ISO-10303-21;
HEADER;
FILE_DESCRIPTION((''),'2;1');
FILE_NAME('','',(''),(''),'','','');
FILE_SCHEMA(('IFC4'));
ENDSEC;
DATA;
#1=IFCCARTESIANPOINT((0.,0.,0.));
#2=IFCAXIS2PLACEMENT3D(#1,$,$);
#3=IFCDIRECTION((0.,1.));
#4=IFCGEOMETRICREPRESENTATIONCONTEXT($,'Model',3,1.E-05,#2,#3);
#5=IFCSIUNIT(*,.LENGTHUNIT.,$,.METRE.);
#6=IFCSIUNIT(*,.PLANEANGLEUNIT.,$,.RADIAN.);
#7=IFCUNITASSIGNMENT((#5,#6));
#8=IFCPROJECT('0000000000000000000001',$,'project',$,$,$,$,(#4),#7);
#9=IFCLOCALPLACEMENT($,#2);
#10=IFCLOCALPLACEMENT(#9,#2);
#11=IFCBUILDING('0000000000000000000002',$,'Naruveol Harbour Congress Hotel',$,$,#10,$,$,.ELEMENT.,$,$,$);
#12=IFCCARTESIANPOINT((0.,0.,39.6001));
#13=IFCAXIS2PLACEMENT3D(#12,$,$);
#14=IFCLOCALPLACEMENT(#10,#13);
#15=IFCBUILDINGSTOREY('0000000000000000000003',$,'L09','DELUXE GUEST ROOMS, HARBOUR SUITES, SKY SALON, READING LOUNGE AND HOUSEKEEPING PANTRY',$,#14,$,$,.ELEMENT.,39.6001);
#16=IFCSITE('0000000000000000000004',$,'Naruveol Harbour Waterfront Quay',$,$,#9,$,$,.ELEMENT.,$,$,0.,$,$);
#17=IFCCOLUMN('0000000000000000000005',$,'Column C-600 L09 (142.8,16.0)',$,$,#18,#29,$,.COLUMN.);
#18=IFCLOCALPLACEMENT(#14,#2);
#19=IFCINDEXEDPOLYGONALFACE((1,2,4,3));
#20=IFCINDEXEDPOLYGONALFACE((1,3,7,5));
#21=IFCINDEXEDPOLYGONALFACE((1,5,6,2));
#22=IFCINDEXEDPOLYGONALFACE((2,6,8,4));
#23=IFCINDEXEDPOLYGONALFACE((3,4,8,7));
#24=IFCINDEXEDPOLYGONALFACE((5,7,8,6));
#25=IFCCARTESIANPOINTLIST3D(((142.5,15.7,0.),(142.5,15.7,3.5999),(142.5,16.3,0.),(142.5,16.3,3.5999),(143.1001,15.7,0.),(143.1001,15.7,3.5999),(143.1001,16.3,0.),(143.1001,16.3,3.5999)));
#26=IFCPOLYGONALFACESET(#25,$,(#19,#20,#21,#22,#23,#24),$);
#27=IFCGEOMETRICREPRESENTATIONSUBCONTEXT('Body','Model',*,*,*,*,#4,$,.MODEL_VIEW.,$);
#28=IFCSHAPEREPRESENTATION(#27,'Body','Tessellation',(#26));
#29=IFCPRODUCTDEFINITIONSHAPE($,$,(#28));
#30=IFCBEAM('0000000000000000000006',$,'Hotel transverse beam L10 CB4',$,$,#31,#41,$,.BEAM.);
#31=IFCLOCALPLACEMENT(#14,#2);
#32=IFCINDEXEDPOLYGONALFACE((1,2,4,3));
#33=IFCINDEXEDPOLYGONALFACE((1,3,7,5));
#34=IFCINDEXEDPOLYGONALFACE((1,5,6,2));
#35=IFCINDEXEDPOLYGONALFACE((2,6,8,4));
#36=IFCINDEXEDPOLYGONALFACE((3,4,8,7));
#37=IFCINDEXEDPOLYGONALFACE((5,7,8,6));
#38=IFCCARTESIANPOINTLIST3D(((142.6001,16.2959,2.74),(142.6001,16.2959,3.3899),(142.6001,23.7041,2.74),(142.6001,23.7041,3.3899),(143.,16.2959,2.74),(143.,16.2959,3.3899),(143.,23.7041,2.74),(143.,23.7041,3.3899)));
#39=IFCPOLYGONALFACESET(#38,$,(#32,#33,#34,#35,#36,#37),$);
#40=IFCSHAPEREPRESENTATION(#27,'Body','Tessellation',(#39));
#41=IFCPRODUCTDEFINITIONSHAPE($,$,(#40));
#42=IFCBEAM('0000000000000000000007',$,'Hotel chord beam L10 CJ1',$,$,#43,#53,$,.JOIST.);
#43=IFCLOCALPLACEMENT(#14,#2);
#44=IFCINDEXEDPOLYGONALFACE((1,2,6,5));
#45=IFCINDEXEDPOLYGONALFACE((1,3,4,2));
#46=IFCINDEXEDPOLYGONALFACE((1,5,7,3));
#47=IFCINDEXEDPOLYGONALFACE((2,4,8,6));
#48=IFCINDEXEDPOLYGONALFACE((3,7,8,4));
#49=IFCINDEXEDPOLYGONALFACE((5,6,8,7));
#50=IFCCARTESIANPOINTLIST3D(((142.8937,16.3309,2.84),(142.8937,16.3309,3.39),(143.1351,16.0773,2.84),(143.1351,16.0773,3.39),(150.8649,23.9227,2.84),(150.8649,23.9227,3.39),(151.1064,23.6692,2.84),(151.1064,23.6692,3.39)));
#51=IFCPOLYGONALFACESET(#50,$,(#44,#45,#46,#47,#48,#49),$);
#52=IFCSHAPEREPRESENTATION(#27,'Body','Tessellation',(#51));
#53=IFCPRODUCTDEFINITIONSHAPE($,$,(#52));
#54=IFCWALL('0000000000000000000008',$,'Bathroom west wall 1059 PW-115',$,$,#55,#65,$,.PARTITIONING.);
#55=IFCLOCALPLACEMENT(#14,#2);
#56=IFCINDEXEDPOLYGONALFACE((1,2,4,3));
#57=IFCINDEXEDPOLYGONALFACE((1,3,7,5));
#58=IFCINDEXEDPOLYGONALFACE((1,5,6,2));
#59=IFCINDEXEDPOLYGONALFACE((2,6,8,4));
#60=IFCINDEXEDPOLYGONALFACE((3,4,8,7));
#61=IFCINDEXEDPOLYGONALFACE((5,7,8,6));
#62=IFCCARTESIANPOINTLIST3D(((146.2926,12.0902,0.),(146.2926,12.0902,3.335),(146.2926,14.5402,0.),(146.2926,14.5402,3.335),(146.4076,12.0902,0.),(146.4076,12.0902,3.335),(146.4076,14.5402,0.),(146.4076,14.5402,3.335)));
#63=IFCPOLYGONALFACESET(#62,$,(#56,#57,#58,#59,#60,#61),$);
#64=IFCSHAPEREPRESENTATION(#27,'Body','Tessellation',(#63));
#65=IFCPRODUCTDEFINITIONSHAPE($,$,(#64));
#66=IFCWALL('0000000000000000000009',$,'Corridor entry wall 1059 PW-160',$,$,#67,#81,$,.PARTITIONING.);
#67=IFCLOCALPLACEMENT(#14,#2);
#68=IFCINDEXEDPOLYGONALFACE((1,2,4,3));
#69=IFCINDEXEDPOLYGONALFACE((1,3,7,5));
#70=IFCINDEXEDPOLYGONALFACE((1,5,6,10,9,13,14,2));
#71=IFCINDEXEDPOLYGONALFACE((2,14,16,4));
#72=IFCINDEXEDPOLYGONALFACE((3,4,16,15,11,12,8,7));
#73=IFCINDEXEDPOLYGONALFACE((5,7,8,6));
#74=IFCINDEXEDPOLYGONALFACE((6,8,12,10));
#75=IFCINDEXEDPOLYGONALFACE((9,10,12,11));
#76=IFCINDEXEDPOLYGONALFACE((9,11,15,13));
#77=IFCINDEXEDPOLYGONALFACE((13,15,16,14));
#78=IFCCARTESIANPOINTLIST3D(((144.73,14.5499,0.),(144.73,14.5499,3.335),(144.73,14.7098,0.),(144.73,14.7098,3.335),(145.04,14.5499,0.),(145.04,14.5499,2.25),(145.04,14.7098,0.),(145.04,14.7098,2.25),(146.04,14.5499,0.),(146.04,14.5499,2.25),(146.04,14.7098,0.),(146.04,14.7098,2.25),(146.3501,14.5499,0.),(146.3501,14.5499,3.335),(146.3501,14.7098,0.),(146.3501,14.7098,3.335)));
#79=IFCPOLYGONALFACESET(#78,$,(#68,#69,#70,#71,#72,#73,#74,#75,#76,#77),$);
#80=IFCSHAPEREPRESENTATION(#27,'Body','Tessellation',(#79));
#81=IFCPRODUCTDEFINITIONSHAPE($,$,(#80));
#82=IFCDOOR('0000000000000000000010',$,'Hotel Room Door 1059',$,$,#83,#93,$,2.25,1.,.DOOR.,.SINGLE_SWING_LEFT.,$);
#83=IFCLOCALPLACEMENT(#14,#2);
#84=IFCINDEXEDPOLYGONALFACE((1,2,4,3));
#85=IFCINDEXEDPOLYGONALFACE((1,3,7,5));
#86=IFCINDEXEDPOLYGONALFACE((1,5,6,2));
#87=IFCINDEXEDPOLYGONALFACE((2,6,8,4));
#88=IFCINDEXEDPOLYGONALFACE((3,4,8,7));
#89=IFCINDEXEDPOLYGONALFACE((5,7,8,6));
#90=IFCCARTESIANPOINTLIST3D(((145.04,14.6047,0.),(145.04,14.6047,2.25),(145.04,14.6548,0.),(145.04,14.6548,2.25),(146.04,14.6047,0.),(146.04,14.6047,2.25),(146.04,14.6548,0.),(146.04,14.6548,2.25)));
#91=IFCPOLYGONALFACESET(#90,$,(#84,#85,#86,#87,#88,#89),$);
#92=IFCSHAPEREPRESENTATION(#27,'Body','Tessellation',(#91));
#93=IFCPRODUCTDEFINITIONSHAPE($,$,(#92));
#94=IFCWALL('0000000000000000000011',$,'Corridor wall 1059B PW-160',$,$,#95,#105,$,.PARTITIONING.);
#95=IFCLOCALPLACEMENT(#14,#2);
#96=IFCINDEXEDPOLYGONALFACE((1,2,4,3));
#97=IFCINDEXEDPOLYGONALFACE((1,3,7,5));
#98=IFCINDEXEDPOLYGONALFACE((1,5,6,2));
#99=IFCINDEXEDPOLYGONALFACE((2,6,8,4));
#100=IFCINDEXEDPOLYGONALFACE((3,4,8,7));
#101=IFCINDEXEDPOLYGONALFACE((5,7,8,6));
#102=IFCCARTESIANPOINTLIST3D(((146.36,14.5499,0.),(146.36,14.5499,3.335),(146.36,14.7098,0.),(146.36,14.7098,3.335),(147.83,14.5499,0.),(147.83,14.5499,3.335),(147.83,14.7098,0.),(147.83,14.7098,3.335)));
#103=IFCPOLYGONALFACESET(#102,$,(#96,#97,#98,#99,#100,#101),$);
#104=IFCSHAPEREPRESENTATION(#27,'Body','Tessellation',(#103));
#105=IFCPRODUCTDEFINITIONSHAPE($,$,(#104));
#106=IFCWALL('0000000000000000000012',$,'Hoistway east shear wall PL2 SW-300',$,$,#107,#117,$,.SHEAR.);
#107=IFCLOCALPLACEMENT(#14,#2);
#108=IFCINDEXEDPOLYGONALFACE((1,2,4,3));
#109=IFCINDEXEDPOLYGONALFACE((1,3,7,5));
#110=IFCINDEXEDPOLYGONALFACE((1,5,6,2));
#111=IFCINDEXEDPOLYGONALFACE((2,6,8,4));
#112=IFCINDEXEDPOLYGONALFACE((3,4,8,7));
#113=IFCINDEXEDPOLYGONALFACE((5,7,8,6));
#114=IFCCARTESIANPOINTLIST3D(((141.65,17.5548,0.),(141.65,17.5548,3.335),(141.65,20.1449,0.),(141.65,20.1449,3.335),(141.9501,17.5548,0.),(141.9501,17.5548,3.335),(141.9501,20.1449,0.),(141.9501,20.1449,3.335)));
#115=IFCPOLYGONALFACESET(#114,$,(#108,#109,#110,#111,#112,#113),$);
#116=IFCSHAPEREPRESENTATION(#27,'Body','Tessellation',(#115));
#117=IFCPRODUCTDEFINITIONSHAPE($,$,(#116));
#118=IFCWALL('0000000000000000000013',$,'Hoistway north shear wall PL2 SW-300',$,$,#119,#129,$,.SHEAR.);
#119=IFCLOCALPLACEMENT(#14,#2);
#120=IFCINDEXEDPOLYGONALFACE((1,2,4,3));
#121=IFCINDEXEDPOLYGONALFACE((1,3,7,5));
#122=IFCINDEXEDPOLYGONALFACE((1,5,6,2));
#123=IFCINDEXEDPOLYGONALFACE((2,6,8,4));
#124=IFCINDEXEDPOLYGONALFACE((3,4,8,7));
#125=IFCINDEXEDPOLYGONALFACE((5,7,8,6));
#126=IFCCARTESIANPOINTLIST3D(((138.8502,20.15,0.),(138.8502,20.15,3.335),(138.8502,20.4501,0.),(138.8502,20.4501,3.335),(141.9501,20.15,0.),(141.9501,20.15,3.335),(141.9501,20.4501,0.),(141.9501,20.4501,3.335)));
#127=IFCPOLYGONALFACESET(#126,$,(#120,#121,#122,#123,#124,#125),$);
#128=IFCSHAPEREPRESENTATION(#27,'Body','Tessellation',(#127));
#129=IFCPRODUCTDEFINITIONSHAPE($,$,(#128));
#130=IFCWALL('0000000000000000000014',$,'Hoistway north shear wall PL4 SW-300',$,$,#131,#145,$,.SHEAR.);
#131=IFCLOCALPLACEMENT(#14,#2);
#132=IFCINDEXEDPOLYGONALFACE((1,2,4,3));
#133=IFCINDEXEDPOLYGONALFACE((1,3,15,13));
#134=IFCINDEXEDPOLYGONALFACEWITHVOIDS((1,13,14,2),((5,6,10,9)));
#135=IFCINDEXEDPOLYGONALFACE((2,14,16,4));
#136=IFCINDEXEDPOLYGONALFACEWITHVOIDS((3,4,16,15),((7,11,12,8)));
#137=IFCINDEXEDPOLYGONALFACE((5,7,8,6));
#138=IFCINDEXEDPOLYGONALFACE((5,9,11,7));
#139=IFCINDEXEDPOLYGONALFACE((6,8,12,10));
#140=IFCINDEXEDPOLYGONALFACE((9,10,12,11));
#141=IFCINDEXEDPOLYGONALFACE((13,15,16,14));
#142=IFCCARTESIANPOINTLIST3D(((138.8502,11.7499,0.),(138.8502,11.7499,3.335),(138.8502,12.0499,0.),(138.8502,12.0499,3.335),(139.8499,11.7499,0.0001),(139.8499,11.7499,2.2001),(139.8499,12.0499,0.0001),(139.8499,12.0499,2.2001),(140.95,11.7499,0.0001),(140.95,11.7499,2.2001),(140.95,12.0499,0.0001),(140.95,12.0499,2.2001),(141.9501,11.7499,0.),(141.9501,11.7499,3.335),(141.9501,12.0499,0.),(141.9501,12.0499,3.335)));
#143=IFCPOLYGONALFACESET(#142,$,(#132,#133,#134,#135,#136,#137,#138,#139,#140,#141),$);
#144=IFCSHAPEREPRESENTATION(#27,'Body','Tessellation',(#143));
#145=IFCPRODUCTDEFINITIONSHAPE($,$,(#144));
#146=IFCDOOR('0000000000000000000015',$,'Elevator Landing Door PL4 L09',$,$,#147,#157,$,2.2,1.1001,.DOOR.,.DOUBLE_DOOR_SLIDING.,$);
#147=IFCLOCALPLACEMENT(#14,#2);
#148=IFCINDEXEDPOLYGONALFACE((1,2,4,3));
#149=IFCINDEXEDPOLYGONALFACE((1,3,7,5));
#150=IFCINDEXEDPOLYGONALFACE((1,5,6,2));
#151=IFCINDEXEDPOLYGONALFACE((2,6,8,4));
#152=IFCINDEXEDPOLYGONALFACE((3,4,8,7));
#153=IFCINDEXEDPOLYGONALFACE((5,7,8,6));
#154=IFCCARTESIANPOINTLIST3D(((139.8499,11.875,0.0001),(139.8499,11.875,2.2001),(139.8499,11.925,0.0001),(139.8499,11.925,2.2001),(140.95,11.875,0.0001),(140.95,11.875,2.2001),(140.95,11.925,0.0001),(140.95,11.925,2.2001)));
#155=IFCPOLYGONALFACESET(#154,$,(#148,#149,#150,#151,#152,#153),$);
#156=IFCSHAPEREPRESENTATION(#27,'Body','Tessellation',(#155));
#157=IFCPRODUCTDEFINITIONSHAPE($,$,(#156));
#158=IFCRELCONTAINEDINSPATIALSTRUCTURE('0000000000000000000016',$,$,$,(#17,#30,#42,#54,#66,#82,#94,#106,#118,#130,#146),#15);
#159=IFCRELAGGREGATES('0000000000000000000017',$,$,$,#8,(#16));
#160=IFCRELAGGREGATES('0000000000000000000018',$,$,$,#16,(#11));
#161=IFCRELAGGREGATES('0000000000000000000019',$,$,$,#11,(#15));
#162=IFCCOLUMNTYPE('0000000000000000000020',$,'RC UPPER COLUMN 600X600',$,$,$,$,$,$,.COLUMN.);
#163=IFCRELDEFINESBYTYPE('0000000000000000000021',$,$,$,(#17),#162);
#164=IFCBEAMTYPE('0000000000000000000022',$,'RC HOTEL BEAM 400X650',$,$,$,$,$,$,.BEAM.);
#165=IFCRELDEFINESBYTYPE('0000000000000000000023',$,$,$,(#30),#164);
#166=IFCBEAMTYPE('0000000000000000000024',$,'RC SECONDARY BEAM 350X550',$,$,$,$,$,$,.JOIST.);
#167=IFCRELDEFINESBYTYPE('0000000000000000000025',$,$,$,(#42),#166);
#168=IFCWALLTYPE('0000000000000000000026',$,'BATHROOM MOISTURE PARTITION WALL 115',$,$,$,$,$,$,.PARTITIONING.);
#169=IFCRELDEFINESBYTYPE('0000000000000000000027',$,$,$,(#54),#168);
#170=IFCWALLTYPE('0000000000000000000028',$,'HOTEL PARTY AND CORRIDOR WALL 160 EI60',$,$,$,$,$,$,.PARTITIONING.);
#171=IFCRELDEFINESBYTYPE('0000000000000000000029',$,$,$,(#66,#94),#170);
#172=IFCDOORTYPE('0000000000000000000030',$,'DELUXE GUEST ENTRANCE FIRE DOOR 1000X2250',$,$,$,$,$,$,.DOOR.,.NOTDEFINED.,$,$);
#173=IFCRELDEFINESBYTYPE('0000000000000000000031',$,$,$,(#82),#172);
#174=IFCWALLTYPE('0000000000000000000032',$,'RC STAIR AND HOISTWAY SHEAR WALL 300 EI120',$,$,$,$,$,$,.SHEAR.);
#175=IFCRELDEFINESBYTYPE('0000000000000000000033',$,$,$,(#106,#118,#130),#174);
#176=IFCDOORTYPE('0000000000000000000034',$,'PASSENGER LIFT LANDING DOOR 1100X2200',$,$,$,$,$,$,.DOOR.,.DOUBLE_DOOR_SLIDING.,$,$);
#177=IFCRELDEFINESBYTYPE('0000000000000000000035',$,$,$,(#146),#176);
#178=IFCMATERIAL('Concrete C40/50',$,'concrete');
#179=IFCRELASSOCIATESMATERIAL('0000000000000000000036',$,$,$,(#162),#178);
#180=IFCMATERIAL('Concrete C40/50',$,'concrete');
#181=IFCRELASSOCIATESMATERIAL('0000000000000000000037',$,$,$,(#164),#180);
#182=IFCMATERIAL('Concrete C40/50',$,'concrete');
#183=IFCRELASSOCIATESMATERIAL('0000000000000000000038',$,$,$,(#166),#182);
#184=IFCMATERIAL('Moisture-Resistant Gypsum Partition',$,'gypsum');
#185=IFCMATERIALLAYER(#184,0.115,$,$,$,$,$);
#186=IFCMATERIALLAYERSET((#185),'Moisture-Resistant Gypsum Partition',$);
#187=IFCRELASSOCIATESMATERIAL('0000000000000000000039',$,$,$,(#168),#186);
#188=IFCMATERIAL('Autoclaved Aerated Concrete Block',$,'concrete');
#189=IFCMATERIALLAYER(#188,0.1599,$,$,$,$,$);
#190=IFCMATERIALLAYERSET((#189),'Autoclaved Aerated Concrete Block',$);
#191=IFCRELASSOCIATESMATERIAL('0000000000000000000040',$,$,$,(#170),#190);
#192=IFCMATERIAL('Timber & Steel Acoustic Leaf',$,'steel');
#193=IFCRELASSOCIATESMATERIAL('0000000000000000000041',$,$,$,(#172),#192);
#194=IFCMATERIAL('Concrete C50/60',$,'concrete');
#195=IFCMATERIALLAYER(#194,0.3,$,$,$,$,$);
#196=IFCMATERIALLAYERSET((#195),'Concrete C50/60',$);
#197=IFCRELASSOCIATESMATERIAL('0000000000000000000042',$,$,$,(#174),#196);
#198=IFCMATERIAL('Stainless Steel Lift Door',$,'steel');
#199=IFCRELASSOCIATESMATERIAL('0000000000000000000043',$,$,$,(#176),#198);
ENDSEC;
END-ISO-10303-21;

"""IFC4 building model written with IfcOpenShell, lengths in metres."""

from ifc_helpers import new_model, si_unit, direction, frame, frame_2d, origin, origin_2d, place, context, subcontext, project, spatial, rectangle, extrude, material, layer, layer_set, material_profile, profile_set, type_object, element, fill, save


model = new_model("IFC4")

# Units and contexts
model_context = context("Model", 3, precision=1e-05, world=origin(), true_north=direction((0.0, 1.0)))
body_context = subcontext(model_context, "Body", "Model", "MODEL_VIEW")
ifc_project = project(units=[si_unit("LENGTHUNIT", "METRE"), si_unit("PLANEANGLEUNIT", "RADIAN")], contexts=[model_context])

# Site, building, storey
site_placement = place(None, origin())
site = spatial("IfcSite", under=ifc_project, at=site_placement, Name="Naruveol Harbour Waterfront Quay", CompositionType="ELEMENT", RefElevation=0.0)
building_placement = place(site_placement, origin())
building = spatial("IfcBuilding", under=site, at=building_placement, Name="Naruveol Harbour Congress Hotel", CompositionType="ELEMENT")
storey_placement = place(building_placement, frame((0.0, 0.0, 39.6001)))
storey = spatial("IfcBuildingStorey", under=building, at=storey_placement, Name="L09", Description="DELUXE GUEST ROOMS, HARBOUR SUITES, SKY SALON, READING LOUNGE AND HOUSEKEEPING PANTRY", CompositionType="ELEMENT", Elevation=39.6001)

# Column
ifc_material_1 = material(Name="Concrete C40/50", Category="concrete")
ifc_material_profile_1 = material_profile(ifc_material_1, rectangle(XDim=0.6001, YDim=0.6001, at=origin_2d()), Name="RC-600x600")
ifc_profile_set_1 = profile_set([ifc_material_profile_1], Name="Concrete C40/50")
column_type = type_object("IfcColumnType", Name="RC UPPER COLUMN 600X600", PredefinedType="COLUMN", material=ifc_profile_set_1)
column_placement = place(storey_placement, frame((142.8, 16.0, 0.0), z_axis=(0.0, 0.0, 1.0), x_axis=(1.0, 0.0, 0.0)))
element("IfcColumn", 1, at=column_placement, inside=storey, type_object=column_type, Name="Column C-600 L09 (142.8,16.0)", PredefinedType="COLUMN", context=body_context, shape_type="SweptSolid", body=[
    extrude(rectangle(XDim=0.6001, YDim=0.6001, at=origin_2d()), origin(), (0.0, 0.0, 1.0), 3.5999),
])

# Beams
ifc_material_2 = material(Name="Concrete C40/50", Category="concrete")
ifc_material_profile_2 = material_profile(ifc_material_2, rectangle(XDim=0.3999, YDim=0.6499, at=origin_2d()), Name="RCB-400x650")
ifc_profile_set_2 = profile_set([ifc_material_profile_2], Name="Concrete C40/50")
beam_type_1 = type_object("IfcBeamType", Name="RC HOTEL BEAM 400X650", PredefinedType="BEAM", material=ifc_profile_set_2)
beam_1_placement = place(storey_placement, frame((142.8, 16.2959, 3.0649), z_axis=(0.0, 1.0, 0.0), x_axis=(-1.0, 0.0, 0.0)))
element("IfcBeam", 2, at=beam_1_placement, inside=storey, type_object=beam_type_1, Name="Hotel transverse beam L10 CB4", PredefinedType="BEAM", context=body_context, shape_type="SweptSolid", body=[
    extrude(rectangle(XDim=0.3999, YDim=0.6499, at=origin_2d()), origin(), (0.0, 0.0, 1.0), 7.4082),
])
ifc_material_3 = material(Name="Concrete C40/50", Category="concrete")
ifc_material_profile_3 = material_profile(ifc_material_3, rectangle(XDim=0.3501, YDim=0.55, at=origin_2d()), Name="RCB-350x550")
ifc_profile_set_3 = profile_set([ifc_material_profile_3], Name="Concrete C40/50")
beam_type_2 = type_object("IfcBeamType", Name="RC SECONDARY BEAM 350X550", PredefinedType="JOIST", material=ifc_profile_set_3)
beam_2_placement = place(storey_placement, frame((143.0144, 16.2041, 3.115), z_axis=(0.724129, 0.689664, 0.0), x_axis=(-0.689664, 0.724129, 0.0)))
element("IfcBeam", 3, at=beam_2_placement, inside=storey, type_object=beam_type_2, Name="Hotel chord beam L10 CJ1", PredefinedType="JOIST", context=body_context, shape_type="SweptSolid", body=[
    extrude(rectangle(XDim=0.3501, YDim=0.55, at=origin_2d()), origin(), (0.0, 0.0, 1.0), 11.0081),
])

# Wall
ifc_material_4 = material(Name="Moisture-Resistant Gypsum Partition", Category="gypsum")
ifc_layer_1 = layer(ifc_material_4, 0.115)
ifc_layer_set_1 = layer_set([ifc_layer_1], Name="Moisture-Resistant Gypsum Partition")
wall_type_1 = type_object("IfcWallType", Name="BATHROOM MOISTURE PARTITION WALL 115", PredefinedType="PARTITIONING", material=ifc_layer_set_1)
wall_1_placement = place(storey_placement, frame((146.3501, 12.0901, 0.0), z_axis=(0.0, 0.0, 1.0), x_axis=(0.0, 1.0, 0.0)))
element("IfcWall", 4, at=wall_1_placement, inside=storey, type_object=wall_type_1, Name="Bathroom west wall 1059 PW-115", PredefinedType="PARTITIONING", context=body_context, shape_type="SweptSolid", body=[
    extrude(rectangle(XDim=2.45, YDim=0.115, at=frame_2d((1.2251, 0.0))), origin(), (0.0, 0.0, 1.0), 3.335),
])

# Wall, opening, door
ifc_material_5 = material(Name="Autoclaved Aerated Concrete Block", Category="concrete")
ifc_layer_2 = layer(ifc_material_5, 0.1599)
ifc_layer_set_2 = layer_set([ifc_layer_2], Name="Autoclaved Aerated Concrete Block")
wall_type_2 = type_object("IfcWallType", Name="HOTEL PARTY AND CORRIDOR WALL 160 EI60", PredefinedType="PARTITIONING", material=ifc_layer_set_2)
wall_2_placement = place(storey_placement, frame((144.73, 14.6299, 0.0), z_axis=(0.0, 0.0, 1.0), x_axis=(1.0, 0.0, 0.0)))
wall_2 = element("IfcWall", 5, at=wall_2_placement, inside=storey, type_object=wall_type_2, Name="Corridor entry wall 1059 PW-160", PredefinedType="PARTITIONING", context=body_context, shape_type="SweptSolid", body=[
    extrude(rectangle(XDim=1.6201, YDim=0.1599, at=frame_2d((0.8101, 0.0))), origin(), (0.0, 0.0, 1.0), 3.335),
])
opening_1_placement = place(wall_2_placement, frame((0.3101, 0.0, 0.0)))
opening_1 = element("IfcOpeningElement", 6, at=opening_1_placement, cuts=wall_2, PredefinedType="OPENING", context=body_context, shape_type="SweptSolid", body=[
    extrude(rectangle(XDim=1.0, YDim=2.25, at=frame_2d((0.5, 1.125))), frame((0.0, 0.0898, 0.0), z_axis=(0.0, -1.0, 0.0), x_axis=(1.0, 0.0, 0.0)), (0.0, 0.0, 1.0), 0.1799),
])
ifc_material_6 = material(Name="Timber & Steel Acoustic Leaf", Category="steel")
door_type_1 = type_object("IfcDoorType", Name="DELUXE GUEST ENTRANCE FIRE DOOR 1000X2250", OperationType="NOTDEFINED", PredefinedType="DOOR", material=ifc_material_6)
door_1_placement = place(opening_1_placement, origin())
door_1 = element("IfcDoor", 7, at=door_1_placement, inside=storey, type_object=door_type_1, Name="Hotel Room Door 1059", OperationType="SINGLE_SWING_LEFT", OverallHeight=2.25, OverallWidth=1.0, PredefinedType="DOOR", context=body_context, shape_type="SweptSolid", body=[
    extrude(rectangle(XDim=1.0, YDim=2.25, at=frame_2d((0.5, 1.125))), frame((0.0, 0.0249, 0.0), z_axis=(0.0, -1.0, 0.0), x_axis=(1.0, 0.0, 0.0)), (0.0, 0.0, 1.0), 0.05),
])
fill(opening_1, door_1)

# Walls
wall_3_placement = place(storey_placement, frame((146.3601, 14.6299, 0.0), z_axis=(0.0, 0.0, 1.0), x_axis=(1.0, 0.0, 0.0)))
element("IfcWall", 8, at=wall_3_placement, inside=storey, type_object=wall_type_2, Name="Corridor wall 1059B PW-160", PredefinedType="PARTITIONING", context=body_context, shape_type="SweptSolid", body=[
    extrude(rectangle(XDim=1.47, YDim=0.1599, at=frame_2d((0.7349, 0.0))), origin(), (0.0, 0.0, 1.0), 3.335),
])
ifc_material_7 = material(Name="Concrete C50/60", Category="concrete")
ifc_layer_3 = layer(ifc_material_7, 0.3)
ifc_layer_set_3 = layer_set([ifc_layer_3], Name="Concrete C50/60")
wall_type_3 = type_object("IfcWallType", Name="RC STAIR AND HOISTWAY SHEAR WALL 300 EI120", PredefinedType="SHEAR", material=ifc_layer_set_3)
wall_4_placement = place(storey_placement, frame((141.8, 17.5549, 0.0), z_axis=(0.0, 0.0, 1.0), x_axis=(0.0, 1.0, 0.0)))
element("IfcWall", 9, at=wall_4_placement, inside=storey, type_object=wall_type_3, Name="Hoistway east shear wall PL2 SW-300", PredefinedType="SHEAR", context=body_context, shape_type="SweptSolid", body=[
    extrude(rectangle(XDim=2.5901, YDim=0.3, at=frame_2d((1.2949, 0.0))), origin(), (0.0, 0.0, 1.0), 3.335),
])
wall_5_placement = place(storey_placement, frame((141.95, 20.3, 0.0), z_axis=(0.0, 0.0, 1.0), x_axis=(-1.0, 0.0, 0.0)))
element("IfcWall", 10, at=wall_5_placement, inside=storey, type_object=wall_type_3, Name="Hoistway north shear wall PL2 SW-300", PredefinedType="SHEAR", context=body_context, shape_type="SweptSolid", body=[
    extrude(rectangle(XDim=3.0999, YDim=0.3, at=frame_2d((1.5498, 0.0))), origin(), (0.0, 0.0, 1.0), 3.335),
])

# Wall, opening, door
wall_6_placement = place(storey_placement, frame((141.95, 11.8999, 0.0), z_axis=(0.0, 0.0, 1.0), x_axis=(-1.0, 0.0, 0.0)))
wall_6 = element("IfcWall", 11, at=wall_6_placement, inside=storey, type_object=wall_type_3, Name="Hoistway north shear wall PL4 SW-300", PredefinedType="SHEAR", context=body_context, shape_type="SweptSolid", body=[
    extrude(rectangle(XDim=3.0999, YDim=0.3, at=frame_2d((1.5498, 0.0))), origin(), (0.0, 0.0, 1.0), 3.335),
])
opening_2_placement = place(wall_6_placement, frame((1.0, 0.0, 0.0)))
opening_2 = element("IfcOpeningElement", 12, at=opening_2_placement, cuts=wall_6, PredefinedType="OPENING", context=body_context, shape_type="SweptSolid", body=[
    extrude(rectangle(XDim=1.1001, YDim=2.2, at=frame_2d((0.55, 1.1001))), frame((0.0, 0.1599, 0.0), z_axis=(0.0, -1.0, 0.0), x_axis=(1.0, 0.0, 0.0)), (0.0, 0.0, 1.0), 0.3201),
])
ifc_material_8 = material(Name="Stainless Steel Lift Door", Category="steel")
door_type_2 = type_object("IfcDoorType", Name="PASSENGER LIFT LANDING DOOR 1100X2200", OperationType="DOUBLE_DOOR_SLIDING", PredefinedType="DOOR", material=ifc_material_8)
door_2_placement = place(opening_2_placement, origin())
door_2 = element("IfcDoor", 13, at=door_2_placement, inside=storey, type_object=door_type_2, Name="Elevator Landing Door PL4 L09", OperationType="DOUBLE_DOOR_SLIDING", OverallHeight=2.2, OverallWidth=1.1001, PredefinedType="DOOR", context=body_context, shape_type="SweptSolid", body=[
    extrude(rectangle(XDim=1.1001, YDim=2.2, at=frame_2d((0.55, 1.1001))), frame((0.0, 0.0249, 0.0), z_axis=(0.0, -1.0, 0.0), x_axis=(1.0, 0.0, 0.0)), (0.0, 0.0, 1.0), 0.05),
])
fill(opening_2, door_2)

save(model, "model.ifc")
